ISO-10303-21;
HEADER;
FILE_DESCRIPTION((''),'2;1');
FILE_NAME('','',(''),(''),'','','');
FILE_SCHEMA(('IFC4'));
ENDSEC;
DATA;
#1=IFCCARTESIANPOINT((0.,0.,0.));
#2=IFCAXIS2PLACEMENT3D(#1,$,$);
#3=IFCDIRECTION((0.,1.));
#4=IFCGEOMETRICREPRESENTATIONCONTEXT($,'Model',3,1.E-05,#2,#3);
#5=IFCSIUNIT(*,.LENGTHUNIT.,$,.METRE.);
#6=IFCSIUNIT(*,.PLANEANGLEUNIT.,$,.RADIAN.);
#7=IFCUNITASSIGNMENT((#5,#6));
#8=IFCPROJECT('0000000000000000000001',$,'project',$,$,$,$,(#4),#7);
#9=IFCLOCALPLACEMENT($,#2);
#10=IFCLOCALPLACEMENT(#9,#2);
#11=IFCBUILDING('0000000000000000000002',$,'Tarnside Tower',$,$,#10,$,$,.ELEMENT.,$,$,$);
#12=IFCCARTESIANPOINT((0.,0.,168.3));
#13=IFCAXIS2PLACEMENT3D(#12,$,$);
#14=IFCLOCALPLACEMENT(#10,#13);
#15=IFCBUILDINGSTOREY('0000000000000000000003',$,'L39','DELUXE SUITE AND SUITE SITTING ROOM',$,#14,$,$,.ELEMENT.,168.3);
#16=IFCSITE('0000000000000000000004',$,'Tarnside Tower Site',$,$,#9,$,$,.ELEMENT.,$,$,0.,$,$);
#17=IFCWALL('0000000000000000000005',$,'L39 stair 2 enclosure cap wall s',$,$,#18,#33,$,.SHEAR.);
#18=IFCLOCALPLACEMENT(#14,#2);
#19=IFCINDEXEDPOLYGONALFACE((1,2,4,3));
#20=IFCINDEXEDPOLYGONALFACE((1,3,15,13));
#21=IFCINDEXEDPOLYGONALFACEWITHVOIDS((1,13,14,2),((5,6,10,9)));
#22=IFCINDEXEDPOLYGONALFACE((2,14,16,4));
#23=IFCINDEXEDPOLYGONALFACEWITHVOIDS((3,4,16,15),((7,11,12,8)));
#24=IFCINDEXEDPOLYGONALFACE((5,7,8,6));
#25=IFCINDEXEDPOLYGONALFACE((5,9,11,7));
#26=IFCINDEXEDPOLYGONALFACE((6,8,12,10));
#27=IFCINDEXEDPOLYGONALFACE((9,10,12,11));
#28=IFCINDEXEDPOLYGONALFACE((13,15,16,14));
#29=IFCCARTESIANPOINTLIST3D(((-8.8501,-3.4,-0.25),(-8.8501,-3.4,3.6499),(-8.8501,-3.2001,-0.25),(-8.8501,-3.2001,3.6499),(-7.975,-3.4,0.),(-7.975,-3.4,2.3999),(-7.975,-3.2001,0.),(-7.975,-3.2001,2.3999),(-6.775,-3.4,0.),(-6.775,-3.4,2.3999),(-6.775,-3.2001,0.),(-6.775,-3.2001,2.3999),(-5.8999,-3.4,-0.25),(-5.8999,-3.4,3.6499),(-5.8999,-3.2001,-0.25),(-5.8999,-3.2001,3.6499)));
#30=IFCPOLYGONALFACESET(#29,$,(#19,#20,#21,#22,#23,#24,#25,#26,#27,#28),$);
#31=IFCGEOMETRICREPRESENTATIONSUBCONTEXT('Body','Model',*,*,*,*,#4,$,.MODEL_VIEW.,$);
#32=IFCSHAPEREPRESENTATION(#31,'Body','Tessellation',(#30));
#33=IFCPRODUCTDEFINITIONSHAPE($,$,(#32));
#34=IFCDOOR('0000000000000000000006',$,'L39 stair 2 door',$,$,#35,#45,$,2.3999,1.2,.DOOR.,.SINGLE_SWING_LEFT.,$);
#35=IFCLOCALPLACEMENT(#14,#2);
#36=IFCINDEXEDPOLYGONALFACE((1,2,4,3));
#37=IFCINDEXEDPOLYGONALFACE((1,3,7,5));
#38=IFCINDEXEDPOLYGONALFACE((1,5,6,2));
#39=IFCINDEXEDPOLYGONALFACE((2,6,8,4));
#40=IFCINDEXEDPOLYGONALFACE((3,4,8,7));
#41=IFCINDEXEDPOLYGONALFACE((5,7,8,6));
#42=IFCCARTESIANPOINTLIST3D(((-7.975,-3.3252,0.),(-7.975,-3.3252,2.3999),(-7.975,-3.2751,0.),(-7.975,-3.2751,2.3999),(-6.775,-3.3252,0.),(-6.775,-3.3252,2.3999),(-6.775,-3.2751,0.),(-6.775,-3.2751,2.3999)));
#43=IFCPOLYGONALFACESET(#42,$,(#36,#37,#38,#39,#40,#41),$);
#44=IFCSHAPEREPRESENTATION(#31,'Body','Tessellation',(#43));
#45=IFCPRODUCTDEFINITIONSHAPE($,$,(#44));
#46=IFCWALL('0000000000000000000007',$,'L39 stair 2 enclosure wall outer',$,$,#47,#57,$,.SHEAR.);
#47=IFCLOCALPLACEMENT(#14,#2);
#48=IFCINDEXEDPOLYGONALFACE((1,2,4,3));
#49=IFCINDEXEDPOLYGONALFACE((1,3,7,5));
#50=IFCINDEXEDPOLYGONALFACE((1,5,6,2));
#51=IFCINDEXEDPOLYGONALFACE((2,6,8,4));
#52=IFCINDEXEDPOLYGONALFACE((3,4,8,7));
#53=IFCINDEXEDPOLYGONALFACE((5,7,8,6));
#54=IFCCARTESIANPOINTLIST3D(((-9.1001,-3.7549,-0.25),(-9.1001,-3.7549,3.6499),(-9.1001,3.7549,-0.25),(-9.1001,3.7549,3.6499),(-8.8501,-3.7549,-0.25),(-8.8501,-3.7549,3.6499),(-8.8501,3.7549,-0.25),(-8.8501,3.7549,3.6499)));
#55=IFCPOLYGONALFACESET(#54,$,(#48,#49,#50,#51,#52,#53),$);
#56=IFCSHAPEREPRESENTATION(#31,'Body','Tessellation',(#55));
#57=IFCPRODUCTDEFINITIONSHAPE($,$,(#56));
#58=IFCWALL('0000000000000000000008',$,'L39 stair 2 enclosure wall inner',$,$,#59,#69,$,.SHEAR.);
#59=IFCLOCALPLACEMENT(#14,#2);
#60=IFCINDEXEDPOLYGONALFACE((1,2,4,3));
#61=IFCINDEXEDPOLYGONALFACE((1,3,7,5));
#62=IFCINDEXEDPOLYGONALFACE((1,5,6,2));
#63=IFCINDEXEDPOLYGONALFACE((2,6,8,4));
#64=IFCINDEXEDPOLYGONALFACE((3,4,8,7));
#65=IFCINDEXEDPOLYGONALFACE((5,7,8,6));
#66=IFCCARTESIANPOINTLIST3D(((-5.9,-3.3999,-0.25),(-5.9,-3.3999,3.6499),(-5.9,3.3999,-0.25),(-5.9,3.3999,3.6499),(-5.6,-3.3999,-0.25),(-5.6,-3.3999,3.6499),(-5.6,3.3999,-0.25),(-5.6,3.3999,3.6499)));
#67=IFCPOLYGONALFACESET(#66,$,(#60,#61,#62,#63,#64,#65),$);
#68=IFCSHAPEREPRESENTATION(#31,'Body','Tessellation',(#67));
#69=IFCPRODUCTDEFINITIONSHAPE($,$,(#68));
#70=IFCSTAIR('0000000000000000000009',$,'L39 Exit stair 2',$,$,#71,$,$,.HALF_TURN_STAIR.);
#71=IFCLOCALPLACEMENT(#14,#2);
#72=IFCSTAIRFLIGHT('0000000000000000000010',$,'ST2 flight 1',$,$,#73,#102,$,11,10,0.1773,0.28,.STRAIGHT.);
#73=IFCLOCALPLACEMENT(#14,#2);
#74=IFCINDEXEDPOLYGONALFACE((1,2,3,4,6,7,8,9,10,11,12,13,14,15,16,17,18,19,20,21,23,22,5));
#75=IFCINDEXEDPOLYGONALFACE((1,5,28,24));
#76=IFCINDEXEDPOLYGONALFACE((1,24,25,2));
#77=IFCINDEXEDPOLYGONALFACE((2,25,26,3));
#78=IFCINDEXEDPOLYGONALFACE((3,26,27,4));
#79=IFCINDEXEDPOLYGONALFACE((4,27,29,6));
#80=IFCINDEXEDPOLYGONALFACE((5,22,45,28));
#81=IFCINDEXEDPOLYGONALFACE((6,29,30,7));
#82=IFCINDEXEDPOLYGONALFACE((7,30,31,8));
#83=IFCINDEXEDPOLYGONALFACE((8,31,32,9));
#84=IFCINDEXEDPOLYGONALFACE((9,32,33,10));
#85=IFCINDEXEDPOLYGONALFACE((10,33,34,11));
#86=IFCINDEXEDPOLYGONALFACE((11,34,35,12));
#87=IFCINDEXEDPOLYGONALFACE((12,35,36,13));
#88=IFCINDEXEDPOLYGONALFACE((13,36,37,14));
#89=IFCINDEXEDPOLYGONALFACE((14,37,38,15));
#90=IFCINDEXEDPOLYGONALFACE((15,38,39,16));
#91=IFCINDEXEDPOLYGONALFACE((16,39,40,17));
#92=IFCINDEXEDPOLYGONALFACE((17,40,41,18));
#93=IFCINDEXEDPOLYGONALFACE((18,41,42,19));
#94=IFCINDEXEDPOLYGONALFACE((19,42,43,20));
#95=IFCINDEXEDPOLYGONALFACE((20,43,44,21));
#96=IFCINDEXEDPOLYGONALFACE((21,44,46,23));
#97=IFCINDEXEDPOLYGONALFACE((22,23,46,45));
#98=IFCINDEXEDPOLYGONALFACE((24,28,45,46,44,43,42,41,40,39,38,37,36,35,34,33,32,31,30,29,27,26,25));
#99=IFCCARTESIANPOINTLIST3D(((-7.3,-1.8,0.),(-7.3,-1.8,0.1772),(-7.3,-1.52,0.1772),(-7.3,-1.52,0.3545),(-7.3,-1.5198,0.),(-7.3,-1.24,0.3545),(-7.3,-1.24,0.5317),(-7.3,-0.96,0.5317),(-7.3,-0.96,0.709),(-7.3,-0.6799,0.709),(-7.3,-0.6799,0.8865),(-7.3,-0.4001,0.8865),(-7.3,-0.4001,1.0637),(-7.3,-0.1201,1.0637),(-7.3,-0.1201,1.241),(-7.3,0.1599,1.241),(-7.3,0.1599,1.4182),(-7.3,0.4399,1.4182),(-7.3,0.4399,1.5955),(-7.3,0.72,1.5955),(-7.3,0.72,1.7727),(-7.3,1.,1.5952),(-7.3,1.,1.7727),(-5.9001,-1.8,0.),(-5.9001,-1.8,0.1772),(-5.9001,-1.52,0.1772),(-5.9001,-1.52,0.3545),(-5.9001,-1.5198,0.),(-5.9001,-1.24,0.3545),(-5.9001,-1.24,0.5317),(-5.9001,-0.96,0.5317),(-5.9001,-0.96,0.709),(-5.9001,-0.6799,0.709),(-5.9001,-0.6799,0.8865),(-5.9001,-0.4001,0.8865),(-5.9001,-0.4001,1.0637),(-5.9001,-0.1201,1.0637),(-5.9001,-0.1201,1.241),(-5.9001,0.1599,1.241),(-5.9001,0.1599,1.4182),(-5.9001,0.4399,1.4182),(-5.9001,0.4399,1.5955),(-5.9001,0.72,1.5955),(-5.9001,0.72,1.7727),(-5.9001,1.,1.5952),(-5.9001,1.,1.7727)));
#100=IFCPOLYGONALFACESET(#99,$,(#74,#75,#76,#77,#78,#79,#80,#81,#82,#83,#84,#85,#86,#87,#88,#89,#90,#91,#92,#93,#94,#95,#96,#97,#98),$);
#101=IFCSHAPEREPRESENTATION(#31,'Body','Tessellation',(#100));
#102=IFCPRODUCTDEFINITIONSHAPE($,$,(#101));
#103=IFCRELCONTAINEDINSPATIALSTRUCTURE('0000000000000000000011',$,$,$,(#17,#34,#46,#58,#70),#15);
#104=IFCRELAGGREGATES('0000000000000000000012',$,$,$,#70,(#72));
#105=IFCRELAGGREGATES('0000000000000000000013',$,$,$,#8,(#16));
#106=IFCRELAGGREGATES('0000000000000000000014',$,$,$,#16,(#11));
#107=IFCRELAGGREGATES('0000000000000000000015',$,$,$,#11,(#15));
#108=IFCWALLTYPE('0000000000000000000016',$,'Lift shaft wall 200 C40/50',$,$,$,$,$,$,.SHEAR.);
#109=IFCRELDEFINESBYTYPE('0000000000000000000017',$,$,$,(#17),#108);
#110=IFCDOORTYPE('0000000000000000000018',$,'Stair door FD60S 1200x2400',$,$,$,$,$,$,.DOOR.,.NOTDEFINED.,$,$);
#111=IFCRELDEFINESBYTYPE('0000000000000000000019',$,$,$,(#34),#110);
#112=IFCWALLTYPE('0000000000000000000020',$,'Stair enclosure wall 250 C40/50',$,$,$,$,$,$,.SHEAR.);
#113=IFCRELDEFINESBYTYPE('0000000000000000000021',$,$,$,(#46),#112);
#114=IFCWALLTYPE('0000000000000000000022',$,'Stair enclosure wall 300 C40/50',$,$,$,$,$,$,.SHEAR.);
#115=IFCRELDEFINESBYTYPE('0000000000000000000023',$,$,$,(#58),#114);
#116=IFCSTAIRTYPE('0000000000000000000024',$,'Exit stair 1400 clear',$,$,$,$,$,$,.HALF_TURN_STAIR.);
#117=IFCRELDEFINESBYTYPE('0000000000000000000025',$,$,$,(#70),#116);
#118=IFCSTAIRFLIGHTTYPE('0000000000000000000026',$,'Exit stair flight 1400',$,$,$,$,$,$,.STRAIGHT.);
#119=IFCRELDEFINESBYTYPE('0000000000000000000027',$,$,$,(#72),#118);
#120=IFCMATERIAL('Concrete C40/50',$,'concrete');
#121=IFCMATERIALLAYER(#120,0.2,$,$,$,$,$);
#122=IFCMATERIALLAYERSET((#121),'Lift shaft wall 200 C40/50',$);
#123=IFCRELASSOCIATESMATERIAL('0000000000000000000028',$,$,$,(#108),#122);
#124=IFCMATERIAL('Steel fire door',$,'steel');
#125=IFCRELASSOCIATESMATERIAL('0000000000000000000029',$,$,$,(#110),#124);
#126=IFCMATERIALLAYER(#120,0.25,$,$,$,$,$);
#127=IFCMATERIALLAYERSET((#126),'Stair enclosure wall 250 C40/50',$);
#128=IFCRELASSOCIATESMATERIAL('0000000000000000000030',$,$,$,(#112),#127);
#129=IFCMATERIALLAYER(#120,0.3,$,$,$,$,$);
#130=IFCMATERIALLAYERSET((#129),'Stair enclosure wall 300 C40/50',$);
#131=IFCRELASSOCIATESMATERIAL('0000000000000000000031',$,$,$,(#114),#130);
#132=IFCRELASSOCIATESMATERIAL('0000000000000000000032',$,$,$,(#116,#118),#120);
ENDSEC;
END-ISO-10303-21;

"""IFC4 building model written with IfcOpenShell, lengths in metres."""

from ifc_helpers import new_model, si_unit, direction, frame, frame_2d, origin, place, context, subcontext, project, spatial, polyline, rectangle, outline, extrude, material, layer, layer_set, type_object, element, fill, aggregate, save


model = new_model("IFC4")

# Units and contexts
model_context = context("Model", 3, precision=1e-05, world=origin(), true_north=direction((0.0, 1.0)))
body_context = subcontext(model_context, "Body", "Model", "MODEL_VIEW")
ifc_project = project(units=[si_unit("LENGTHUNIT", "METRE"), si_unit("PLANEANGLEUNIT", "RADIAN")], contexts=[model_context])

# Site, building, storey
site_placement = place(None, origin())
site = spatial("IfcSite", under=ifc_project, at=site_placement, Name="Tarnside Tower Site", CompositionType="ELEMENT", RefElevation=0.0)
building_placement = place(site_placement, origin())
building = spatial("IfcBuilding", under=site, at=building_placement, Name="Tarnside Tower", CompositionType="ELEMENT")
storey_placement = place(building_placement, frame((0.0, 0.0, 168.3)))
storey = spatial("IfcBuildingStorey", under=building, at=storey_placement, Name="L39", Description="DELUXE SUITE AND SUITE SITTING ROOM", CompositionType="ELEMENT", Elevation=168.3)

# Shared definitions
ifc_material_1 = material(Name="Concrete C40/50", Category="concrete")
ifc_material_2 = material(Name="Steel fire door", Category="steel")

# Shared definitions
ifc_layer_1 = layer(ifc_material_1, 0.2)
ifc_layer_set_1 = layer_set([ifc_layer_1], Name="Lift shaft wall 200 C40/50")
wall_type_1 = type_object("IfcWallType", Name="Lift shaft wall 200 C40/50", PredefinedType="SHEAR", material=ifc_layer_set_1)

# Wall, opening, door
wall_1_placement = place(storey_placement, frame((-8.8501, -3.3, -0.25), z_axis=(0.0, 0.0, 1.0), x_axis=(1.0, 0.0, 0.0)))
wall_1 = element("IfcWall", 1, at=wall_1_placement, inside=storey, type_object=wall_type_1, Name="L39 stair 2 enclosure cap wall s", PredefinedType="SHEAR", context=body_context, shape_type="SweptSolid", body=[
    extrude(rectangle(XDim=2.9502, YDim=0.2, at=frame_2d((1.4751, 0.0))), origin(), (0.0, 0.0, 1.0), 3.8999),
])
opening_1_placement = place(wall_1_placement, frame((0.875, 0.0, 0.25)))
opening_1 = element("IfcOpeningElement", 2, at=opening_1_placement, cuts=wall_1, PredefinedType="OPENING", context=body_context, shape_type="SweptSolid", body=[
    extrude(rectangle(XDim=1.2, YDim=2.3999, at=frame_2d((0.6001, 1.2))), frame((0.0, 0.1099, 0.0), z_axis=(0.0, -1.0, 0.0), x_axis=(1.0, 0.0, 0.0)), (0.0, 0.0, 1.0), 0.22),
])
door_type_1 = type_object("IfcDoorType", Name="Stair door FD60S 1200x2400", OperationType="NOTDEFINED", PredefinedType="DOOR", material=ifc_material_2)
door_1_placement = place(opening_1_placement, origin())
door_1 = element("IfcDoor", 3, at=door_1_placement, inside=storey, type_object=door_type_1, Name="L39 stair 2 door", OperationType="SINGLE_SWING_LEFT", OverallHeight=2.3999, OverallWidth=1.2, PredefinedType="DOOR", context=body_context, shape_type="SweptSolid", body=[
    extrude(rectangle(XDim=1.2, YDim=2.3999, at=frame_2d((0.6001, 1.2))), frame((0.0, 0.0249, 0.0), z_axis=(0.0, -1.0, 0.0), x_axis=(1.0, 0.0, 0.0)), (0.0, 0.0, 1.0), 0.05),
])
fill(opening_1, door_1)

# Walls
ifc_layer_2 = layer(ifc_material_1, 0.25)
ifc_layer_set_2 = layer_set([ifc_layer_2], Name="Stair enclosure wall 250 C40/50")
wall_type_2 = type_object("IfcWallType", Name="Stair enclosure wall 250 C40/50", PredefinedType="SHEAR", material=ifc_layer_set_2)
wall_2_placement = place(storey_placement, frame((-8.9751, -3.7549, -0.25), z_axis=(0.0, 0.0, 1.0), x_axis=(0.0, 1.0, 0.0)))
element("IfcWall", 4, at=wall_2_placement, inside=storey, type_object=wall_type_2, Name="L39 stair 2 enclosure wall outer", PredefinedType="SHEAR", context=body_context, shape_type="SweptSolid", body=[
    extrude(rectangle(XDim=7.5098, YDim=0.25, at=frame_2d((3.7549, 0.0))), origin(), (0.0, 0.0, 1.0), 3.8999),
])
ifc_layer_3 = layer(ifc_material_1, 0.3)
ifc_layer_set_3 = layer_set([ifc_layer_3], Name="Stair enclosure wall 300 C40/50")
wall_type_3 = type_object("IfcWallType", Name="Stair enclosure wall 300 C40/50", PredefinedType="SHEAR", material=ifc_layer_set_3)
wall_3_placement = place(storey_placement, frame((-5.75, -3.3999, -0.25), z_axis=(0.0, 0.0, 1.0), x_axis=(0.0, 1.0, 0.0)))
element("IfcWall", 5, at=wall_3_placement, inside=storey, type_object=wall_type_3, Name="L39 stair 2 enclosure wall inner", PredefinedType="SHEAR", context=body_context, shape_type="SweptSolid", body=[
    extrude(rectangle(XDim=6.7998, YDim=0.3, at=frame_2d((3.3999, 0.0))), origin(), (0.0, 0.0, 1.0), 3.8999),
])

# Stair, stair flight
stair_type = type_object("IfcStairType", Name="Exit stair 1400 clear", PredefinedType="HALF_TURN_STAIR", material=ifc_material_1)
stair_placement = place(storey_placement, origin())
stair = element("IfcStair", 6, at=stair_placement, inside=storey, type_object=stair_type, Name="L39 Exit stair 2", PredefinedType="HALF_TURN_STAIR")
stair_flight_type = type_object("IfcStairFlightType", Name="Exit stair flight 1400", PredefinedType="STRAIGHT", material=ifc_material_1)
stair_flight_placement = place(storey_placement, frame((-6.6001, -1.8, 0.0), z_axis=(0.0, 0.0, 1.0), x_axis=(0.0, 1.0, 0.0)))
stair_flight = element("IfcStairFlight", 7, at=stair_flight_placement, type_object=stair_flight_type, Name="ST2 flight 1", NumberOfRisers=11, NumberOfTreads=10, PredefinedType="STRAIGHT", RiserHeight=0.1773, TreadLength=0.28, context=body_context, shape_type="SweptSolid", body=[
    extrude(outline(polyline([(0.0, 0.0), (0.0, 0.1772), (0.28, 0.1772), (0.28, 0.3545), (0.5601, 0.3545), (0.5601, 0.5317), (0.8401, 0.5317), (0.8401, 0.709), (1.1201, 0.709), (1.1201, 0.8865), (1.3999, 0.8865), (1.3999, 1.0637), (1.6799, 1.0637), (1.6799, 1.241), (1.96, 1.241), (1.96, 1.4182), (2.24, 1.4182), (2.24, 1.5955), (2.52, 1.5955), (2.52, 1.7727), (2.8, 1.7727), (2.8, 1.95), (2.8, 1.5952), (0.2803, 0.0), (0.0, 0.0)])), frame((0.0, 0.7, 0.0), z_axis=(0.0, -1.0, 0.0), x_axis=(1.0, 0.0, 0.0)), (0.0, 0.0, 1.0), 1.3999),
])
aggregate(stair, [stair_flight])

save(model, "model.ifc")
